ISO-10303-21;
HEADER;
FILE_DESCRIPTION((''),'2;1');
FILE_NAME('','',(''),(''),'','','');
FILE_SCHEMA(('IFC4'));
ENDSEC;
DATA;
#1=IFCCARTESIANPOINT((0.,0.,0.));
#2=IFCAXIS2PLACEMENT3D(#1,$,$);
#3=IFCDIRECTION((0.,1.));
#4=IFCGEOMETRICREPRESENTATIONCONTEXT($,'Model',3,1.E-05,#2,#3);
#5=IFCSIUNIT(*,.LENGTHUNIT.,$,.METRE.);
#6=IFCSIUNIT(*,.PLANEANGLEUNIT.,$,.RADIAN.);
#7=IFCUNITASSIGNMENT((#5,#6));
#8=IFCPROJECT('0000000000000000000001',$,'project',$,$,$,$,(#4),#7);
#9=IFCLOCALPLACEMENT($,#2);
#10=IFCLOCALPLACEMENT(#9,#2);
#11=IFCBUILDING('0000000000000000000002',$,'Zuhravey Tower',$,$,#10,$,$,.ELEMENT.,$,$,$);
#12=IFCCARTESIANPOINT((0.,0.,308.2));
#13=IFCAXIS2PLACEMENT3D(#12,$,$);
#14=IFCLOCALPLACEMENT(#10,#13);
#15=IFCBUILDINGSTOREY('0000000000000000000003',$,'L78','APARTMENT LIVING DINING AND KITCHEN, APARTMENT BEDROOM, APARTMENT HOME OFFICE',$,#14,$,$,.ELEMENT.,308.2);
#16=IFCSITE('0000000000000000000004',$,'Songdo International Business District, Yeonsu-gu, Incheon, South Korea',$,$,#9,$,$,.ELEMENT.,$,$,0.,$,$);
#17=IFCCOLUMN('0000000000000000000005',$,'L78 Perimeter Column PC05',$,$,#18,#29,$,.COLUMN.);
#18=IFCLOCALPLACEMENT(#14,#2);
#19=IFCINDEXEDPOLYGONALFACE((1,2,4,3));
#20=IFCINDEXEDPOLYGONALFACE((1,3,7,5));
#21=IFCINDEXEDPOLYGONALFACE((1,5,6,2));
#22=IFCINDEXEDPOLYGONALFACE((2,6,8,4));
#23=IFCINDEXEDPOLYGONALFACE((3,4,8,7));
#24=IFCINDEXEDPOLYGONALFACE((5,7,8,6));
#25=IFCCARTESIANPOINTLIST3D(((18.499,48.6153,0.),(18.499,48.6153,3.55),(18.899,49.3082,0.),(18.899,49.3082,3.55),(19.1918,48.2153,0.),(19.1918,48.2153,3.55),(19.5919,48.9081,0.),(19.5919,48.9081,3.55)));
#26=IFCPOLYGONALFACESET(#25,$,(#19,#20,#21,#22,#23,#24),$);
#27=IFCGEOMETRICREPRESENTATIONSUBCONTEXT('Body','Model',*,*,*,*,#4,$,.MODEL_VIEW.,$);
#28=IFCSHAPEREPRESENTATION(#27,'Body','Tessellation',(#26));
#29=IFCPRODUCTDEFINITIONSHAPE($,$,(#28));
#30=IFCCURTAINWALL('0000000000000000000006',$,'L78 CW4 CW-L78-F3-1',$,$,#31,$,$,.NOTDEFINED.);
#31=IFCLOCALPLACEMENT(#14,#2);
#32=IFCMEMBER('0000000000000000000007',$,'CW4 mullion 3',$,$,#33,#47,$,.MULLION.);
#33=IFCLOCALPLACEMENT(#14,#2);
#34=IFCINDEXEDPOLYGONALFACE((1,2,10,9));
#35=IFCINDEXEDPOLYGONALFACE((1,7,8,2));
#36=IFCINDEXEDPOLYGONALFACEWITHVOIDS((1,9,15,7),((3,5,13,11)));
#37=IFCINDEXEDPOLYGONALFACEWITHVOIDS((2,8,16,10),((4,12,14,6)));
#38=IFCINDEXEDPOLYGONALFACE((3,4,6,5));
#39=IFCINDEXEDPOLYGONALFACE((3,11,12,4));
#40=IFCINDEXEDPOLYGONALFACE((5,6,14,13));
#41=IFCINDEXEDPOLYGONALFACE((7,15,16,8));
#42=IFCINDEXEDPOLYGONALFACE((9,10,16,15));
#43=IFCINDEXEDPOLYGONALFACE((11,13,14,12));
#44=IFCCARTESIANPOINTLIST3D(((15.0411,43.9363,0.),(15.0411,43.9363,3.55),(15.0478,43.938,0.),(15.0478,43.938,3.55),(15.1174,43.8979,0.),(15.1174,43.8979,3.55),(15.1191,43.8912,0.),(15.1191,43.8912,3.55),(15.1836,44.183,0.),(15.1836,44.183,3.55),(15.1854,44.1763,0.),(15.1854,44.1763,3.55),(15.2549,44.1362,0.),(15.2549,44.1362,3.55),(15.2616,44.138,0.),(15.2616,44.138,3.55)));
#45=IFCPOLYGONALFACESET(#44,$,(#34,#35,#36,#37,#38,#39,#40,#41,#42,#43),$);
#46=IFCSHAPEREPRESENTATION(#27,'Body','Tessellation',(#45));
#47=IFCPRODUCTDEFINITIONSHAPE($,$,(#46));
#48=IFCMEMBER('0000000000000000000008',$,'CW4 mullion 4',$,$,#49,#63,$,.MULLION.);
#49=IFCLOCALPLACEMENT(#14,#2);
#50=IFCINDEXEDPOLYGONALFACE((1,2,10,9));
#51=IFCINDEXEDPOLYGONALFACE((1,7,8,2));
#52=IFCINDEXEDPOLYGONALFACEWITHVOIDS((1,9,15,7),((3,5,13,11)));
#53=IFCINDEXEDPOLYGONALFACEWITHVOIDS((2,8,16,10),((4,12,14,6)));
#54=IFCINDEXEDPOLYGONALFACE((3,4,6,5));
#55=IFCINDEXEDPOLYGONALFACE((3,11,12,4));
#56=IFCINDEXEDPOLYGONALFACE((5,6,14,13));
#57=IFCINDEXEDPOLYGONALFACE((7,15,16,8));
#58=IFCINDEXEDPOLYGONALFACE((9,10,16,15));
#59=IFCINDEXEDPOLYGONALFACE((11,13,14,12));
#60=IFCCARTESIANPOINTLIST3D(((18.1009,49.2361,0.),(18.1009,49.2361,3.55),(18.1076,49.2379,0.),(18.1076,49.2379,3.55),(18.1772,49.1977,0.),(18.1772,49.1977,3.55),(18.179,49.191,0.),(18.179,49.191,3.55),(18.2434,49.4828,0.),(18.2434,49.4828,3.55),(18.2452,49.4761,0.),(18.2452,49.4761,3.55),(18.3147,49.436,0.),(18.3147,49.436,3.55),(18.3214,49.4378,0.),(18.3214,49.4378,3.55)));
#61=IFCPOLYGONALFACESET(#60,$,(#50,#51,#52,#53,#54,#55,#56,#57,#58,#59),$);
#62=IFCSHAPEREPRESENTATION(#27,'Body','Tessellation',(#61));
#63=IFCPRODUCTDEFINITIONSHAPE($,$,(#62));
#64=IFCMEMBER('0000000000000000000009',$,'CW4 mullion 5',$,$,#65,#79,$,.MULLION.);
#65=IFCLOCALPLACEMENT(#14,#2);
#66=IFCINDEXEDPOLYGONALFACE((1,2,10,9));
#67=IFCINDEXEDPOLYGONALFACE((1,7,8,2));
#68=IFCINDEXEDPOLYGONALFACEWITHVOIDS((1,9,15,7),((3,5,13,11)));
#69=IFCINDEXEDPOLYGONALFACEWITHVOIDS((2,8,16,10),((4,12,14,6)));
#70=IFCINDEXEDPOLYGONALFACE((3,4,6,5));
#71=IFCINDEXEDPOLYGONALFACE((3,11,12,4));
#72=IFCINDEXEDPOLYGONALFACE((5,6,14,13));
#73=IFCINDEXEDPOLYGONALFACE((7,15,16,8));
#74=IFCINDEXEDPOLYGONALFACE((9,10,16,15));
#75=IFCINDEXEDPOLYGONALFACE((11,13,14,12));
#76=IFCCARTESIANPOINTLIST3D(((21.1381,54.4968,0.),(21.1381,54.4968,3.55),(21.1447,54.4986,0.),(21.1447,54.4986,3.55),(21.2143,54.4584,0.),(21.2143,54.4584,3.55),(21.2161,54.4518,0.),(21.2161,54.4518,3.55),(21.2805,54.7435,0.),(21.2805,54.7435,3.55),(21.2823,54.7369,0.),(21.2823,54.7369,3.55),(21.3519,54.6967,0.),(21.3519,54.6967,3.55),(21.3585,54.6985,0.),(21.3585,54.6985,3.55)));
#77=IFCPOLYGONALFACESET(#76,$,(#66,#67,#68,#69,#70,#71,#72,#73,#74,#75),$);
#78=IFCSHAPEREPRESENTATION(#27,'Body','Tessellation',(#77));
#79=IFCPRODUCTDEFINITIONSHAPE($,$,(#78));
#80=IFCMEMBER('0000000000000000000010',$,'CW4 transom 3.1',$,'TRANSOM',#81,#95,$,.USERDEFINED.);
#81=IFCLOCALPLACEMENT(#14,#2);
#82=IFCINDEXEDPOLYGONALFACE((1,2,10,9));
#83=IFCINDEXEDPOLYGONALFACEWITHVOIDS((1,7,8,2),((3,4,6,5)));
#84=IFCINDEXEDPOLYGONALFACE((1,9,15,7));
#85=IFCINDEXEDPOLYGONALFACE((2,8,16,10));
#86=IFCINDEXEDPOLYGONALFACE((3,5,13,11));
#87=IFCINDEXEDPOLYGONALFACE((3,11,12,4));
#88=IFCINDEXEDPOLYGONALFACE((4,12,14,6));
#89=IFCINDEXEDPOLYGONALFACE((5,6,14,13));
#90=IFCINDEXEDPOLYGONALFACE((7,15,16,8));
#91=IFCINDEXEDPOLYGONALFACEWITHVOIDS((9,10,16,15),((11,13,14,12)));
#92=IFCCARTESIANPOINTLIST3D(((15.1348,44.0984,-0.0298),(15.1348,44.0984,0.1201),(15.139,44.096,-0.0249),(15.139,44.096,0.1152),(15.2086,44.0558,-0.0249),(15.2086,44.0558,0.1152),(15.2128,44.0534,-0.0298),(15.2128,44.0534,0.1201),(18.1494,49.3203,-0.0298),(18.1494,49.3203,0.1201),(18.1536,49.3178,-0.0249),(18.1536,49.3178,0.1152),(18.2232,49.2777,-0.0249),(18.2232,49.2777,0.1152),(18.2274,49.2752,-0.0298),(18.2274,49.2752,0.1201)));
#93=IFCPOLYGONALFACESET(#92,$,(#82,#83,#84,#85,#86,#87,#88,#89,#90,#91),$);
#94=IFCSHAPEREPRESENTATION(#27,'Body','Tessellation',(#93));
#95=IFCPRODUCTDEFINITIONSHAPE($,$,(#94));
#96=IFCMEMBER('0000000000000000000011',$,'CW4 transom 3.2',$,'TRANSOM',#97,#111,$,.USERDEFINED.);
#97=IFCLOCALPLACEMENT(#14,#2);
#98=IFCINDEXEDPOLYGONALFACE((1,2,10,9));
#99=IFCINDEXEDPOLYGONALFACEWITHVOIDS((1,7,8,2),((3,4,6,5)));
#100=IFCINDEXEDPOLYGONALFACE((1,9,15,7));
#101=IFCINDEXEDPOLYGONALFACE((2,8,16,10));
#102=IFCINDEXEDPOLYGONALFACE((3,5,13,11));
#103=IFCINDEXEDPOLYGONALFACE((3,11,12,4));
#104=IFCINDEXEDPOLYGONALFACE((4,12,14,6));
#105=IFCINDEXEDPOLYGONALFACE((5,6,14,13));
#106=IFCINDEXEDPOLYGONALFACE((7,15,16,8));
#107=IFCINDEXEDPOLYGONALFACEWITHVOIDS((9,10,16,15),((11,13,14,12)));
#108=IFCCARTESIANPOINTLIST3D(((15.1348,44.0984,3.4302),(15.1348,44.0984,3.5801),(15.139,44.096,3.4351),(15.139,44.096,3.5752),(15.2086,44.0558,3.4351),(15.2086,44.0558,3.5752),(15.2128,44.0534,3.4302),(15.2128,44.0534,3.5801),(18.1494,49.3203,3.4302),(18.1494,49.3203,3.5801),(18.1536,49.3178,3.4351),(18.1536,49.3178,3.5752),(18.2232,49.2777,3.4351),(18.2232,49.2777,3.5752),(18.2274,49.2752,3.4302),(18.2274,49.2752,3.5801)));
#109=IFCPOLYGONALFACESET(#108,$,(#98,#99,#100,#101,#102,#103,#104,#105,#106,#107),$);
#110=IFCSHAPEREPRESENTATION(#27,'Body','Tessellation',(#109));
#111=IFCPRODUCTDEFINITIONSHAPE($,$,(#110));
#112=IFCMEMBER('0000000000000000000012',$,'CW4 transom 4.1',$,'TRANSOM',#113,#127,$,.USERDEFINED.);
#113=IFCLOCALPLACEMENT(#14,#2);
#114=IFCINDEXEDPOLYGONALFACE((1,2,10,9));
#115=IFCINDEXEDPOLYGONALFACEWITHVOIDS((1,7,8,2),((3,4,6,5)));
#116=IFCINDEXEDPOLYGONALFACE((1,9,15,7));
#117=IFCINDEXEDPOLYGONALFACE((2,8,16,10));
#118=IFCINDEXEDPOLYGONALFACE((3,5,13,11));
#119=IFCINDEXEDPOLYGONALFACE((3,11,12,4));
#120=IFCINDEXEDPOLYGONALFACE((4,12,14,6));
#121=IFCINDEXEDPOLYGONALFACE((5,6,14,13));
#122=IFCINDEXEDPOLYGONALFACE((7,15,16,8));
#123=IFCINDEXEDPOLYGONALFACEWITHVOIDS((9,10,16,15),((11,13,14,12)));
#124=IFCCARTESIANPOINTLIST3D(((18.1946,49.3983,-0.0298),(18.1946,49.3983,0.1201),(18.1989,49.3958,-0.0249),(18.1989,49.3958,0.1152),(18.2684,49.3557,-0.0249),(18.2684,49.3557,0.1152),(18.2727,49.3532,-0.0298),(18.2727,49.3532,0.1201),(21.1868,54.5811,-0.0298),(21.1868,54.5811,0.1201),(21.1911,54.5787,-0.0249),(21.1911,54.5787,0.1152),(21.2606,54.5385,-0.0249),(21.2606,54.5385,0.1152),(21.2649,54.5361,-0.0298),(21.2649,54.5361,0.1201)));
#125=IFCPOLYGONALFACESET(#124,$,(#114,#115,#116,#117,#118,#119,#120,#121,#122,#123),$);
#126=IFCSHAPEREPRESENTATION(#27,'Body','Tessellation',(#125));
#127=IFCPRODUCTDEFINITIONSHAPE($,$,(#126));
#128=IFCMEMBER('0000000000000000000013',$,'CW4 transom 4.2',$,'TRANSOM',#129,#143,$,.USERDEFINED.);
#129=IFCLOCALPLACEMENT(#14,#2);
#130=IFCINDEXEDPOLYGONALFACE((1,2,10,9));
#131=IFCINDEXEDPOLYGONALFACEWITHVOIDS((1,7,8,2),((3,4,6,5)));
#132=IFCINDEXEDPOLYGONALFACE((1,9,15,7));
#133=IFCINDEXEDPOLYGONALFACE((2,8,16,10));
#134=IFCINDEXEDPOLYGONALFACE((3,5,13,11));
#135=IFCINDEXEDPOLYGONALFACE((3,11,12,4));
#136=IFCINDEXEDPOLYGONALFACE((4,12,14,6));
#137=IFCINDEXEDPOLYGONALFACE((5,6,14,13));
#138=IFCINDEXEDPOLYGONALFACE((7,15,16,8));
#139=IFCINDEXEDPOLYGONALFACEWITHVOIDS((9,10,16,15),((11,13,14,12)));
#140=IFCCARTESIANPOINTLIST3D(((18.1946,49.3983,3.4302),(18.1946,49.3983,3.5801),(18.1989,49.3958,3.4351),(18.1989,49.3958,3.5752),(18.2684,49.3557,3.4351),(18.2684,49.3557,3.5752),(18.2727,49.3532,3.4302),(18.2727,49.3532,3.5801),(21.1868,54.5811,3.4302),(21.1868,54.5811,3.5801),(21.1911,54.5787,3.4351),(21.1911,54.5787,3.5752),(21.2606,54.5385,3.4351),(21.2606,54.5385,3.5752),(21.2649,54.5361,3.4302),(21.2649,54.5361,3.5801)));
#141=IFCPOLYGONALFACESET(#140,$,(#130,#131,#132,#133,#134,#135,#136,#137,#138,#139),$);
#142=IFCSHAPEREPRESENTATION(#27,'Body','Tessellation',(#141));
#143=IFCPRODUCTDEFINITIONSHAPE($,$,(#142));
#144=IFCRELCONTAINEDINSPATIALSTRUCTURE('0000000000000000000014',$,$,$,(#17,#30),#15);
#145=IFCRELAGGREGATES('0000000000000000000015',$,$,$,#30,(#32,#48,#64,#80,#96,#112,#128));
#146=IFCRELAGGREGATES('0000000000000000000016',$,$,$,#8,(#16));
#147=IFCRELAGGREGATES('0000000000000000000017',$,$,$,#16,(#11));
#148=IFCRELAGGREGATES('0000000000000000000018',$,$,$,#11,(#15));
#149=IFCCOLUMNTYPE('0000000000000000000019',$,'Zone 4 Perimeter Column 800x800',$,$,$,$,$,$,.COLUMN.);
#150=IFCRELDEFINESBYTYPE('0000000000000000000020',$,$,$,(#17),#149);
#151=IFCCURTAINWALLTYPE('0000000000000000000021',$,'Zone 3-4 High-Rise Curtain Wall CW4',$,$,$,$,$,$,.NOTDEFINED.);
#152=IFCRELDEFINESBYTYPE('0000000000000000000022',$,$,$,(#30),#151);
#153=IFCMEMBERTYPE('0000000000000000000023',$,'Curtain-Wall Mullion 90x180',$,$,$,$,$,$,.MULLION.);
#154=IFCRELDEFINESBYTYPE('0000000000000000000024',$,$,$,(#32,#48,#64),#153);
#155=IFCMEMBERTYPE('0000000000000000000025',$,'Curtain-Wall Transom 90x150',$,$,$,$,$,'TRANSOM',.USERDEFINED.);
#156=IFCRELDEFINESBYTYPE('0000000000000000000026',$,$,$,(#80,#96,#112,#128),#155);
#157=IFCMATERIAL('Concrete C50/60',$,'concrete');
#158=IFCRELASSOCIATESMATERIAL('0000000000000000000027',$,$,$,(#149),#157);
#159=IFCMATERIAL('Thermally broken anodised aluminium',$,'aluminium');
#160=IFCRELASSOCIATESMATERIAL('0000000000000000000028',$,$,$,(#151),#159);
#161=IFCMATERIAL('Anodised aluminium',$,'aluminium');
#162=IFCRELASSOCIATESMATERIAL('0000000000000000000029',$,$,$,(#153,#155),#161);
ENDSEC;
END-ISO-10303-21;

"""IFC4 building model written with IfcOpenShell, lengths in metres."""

from ifc_helpers import new_model, si_unit, direction, frame, origin, origin_2d, place, context, subcontext, project, spatial, rectangle, hollow_rectangle, extrude, material, material_profile, profile_set, type_object, element, aggregate, save


model = new_model("IFC4")

# Units and contexts
model_context = context("Model", 3, precision=1e-05, world=origin(), true_north=direction((0.0, 1.0)))
body_context = subcontext(model_context, "Body", "Model", "MODEL_VIEW")
ifc_project = project(units=[si_unit("LENGTHUNIT", "METRE"), si_unit("PLANEANGLEUNIT", "RADIAN")], contexts=[model_context])

# Site, building, storey
site_placement = place(None, origin())
site = spatial("IfcSite", under=ifc_project, at=site_placement, Name="Songdo International Business District, Yeonsu-gu, Incheon, South Korea", CompositionType="ELEMENT", RefElevation=0.0)
building_placement = place(site_placement, origin())
building = spatial("IfcBuilding", under=site, at=building_placement, Name="Zuhravey Tower", CompositionType="ELEMENT")
storey_placement = place(building_placement, frame((0.0, 0.0, 308.2)))
storey = spatial("IfcBuildingStorey", under=building, at=storey_placement, Name="L78", Description="APARTMENT LIVING DINING AND KITCHEN, APARTMENT BEDROOM, APARTMENT HOME OFFICE", CompositionType="ELEMENT", Elevation=308.2)

# Column
ifc_material_1 = material(Name="Concrete C50/60", Category="concrete")
ifc_material_profile_1 = material_profile(ifc_material_1, rectangle(XDim=0.8, YDim=0.8, at=origin_2d()), Name="RC-800x800")
ifc_profile_set_1 = profile_set([ifc_material_profile_1], Name="Concrete C50/60")
column_type = type_object("IfcColumnType", Name="Zone 4 Perimeter Column 800x800", PredefinedType="COLUMN", material=ifc_profile_set_1)
column_placement = place(storey_placement, frame((19.0454, 48.7617, 0.0), z_axis=(0.0, 0.0, 1.0), x_axis=(-0.5, -0.866025, 0.0)))
element("IfcColumn", 1, at=column_placement, inside=storey, type_object=column_type, Name="L78 Perimeter Column PC05", PredefinedType="COLUMN", context=body_context, shape_type="SweptSolid", body=[
    extrude(rectangle(XDim=0.8, YDim=0.8, at=origin_2d()), origin(), (0.0, 0.0, 1.0), 3.55),
])

# Curtain wall, members
ifc_material_2 = material(Name="Thermally broken anodised aluminium", Category="aluminium")
curtain_wall_type = type_object("IfcCurtainWallType", Name="Zone 3-4 High-Rise Curtain Wall CW4", PredefinedType="NOTDEFINED", material=ifc_material_2)
curtain_wall_placement = place(storey_placement, origin())
curtain_wall = element("IfcCurtainWall", 2, at=curtain_wall_placement, inside=storey, type_object=curtain_wall_type, Name="L78 CW4 CW-L78-F3-1", PredefinedType="NOTDEFINED")
ifc_material_3 = material(Name="Anodised aluminium", Category="aluminium")
ifc_material_profile_2 = material_profile(ifc_material_3, hollow_rectangle(XDim=0.0901, YDim=0.2849, WallThickness=0.0049, at=origin_2d()), Name="ALU-RHS-90x285x5")
ifc_profile_set_2 = profile_set([ifc_material_profile_2], Name="Anodised aluminium")
member_type_1 = type_object("IfcMemberType", Name="Curtain-Wall Mullion 90x180", PredefinedType="MULLION", material=ifc_profile_set_2)
member_1_placement = place(storey_placement, frame((15.1514, 44.0371, 0.0), z_axis=(0.0, 0.0, 1.0), x_axis=(-0.866026, 0.5, 0.0)))
member_1 = element("IfcMember", 3, at=member_1_placement, type_object=member_type_1, Name="CW4 mullion 3", PredefinedType="MULLION", context=body_context, shape_type="SweptSolid", body=[
    extrude(hollow_rectangle(XDim=0.0901, YDim=0.2849, WallThickness=0.0049, at=origin_2d()), origin(), (0.0, 0.0, 1.0), 3.55),
])
member_2_placement = place(storey_placement, frame((18.2112, 49.3369, 0.0), z_axis=(0.0, 0.0, 1.0), x_axis=(-0.866026, 0.5, 0.0)))
member_2 = element("IfcMember", 4, at=member_2_placement, type_object=member_type_1, Name="CW4 mullion 4", PredefinedType="MULLION", context=body_context, shape_type="SweptSolid", body=[
    extrude(hollow_rectangle(XDim=0.0901, YDim=0.2849, WallThickness=0.0049, at=origin_2d()), origin(), (0.0, 0.0, 1.0), 3.55),
])
member_3_placement = place(storey_placement, frame((21.2483, 54.5977, 0.0), z_axis=(0.0, 0.0, 1.0), x_axis=(-0.866026, 0.5, 0.0)))
member_3 = element("IfcMember", 5, at=member_3_placement, type_object=member_type_1, Name="CW4 mullion 5", PredefinedType="MULLION", context=body_context, shape_type="SweptSolid", body=[
    extrude(hollow_rectangle(XDim=0.0901, YDim=0.2849, WallThickness=0.0049, at=origin_2d()), origin(), (0.0, 0.0, 1.0), 3.55),
])
ifc_material_profile_3 = material_profile(ifc_material_3, hollow_rectangle(XDim=0.0901, YDim=0.1499, WallThickness=0.0049, at=origin_2d()), Name="ALU-RHS-90x150x5")
ifc_profile_set_3 = profile_set([ifc_material_profile_3], Name="Anodised aluminium")
member_type_2 = type_object("IfcMemberType", Name="Curtain-Wall Transom 90x150", ElementType="TRANSOM", PredefinedType="USERDEFINED", material=ifc_profile_set_3)
member_4_placement = place(storey_placement, frame((15.1738, 44.0759, 0.0452), z_axis=(0.499971, 0.866042, 0.0), x_axis=(-0.866042, 0.499971, 0.0)))
member_4 = element("IfcMember", 6, at=member_4_placement, type_object=member_type_2, Name="CW4 transom 3.1", ObjectType="TRANSOM", PredefinedType="USERDEFINED", context=body_context, shape_type="SweptSolid", body=[
    extrude(hollow_rectangle(XDim=0.0901, YDim=0.1499, WallThickness=0.0049, at=origin_2d()), origin(), (0.0, 0.0, 1.0), 6.0295),
])
member_5_placement = place(storey_placement, frame((15.1738, 44.0759, 3.5051), z_axis=(0.499971, 0.866042, 0.0), x_axis=(-0.866042, 0.499971, 0.0)))
member_5 = element("IfcMember", 7, at=member_5_placement, type_object=member_type_2, Name="CW4 transom 3.2", ObjectType="TRANSOM", PredefinedType="USERDEFINED", context=body_context, shape_type="SweptSolid", body=[
    extrude(hollow_rectangle(XDim=0.0901, YDim=0.1499, WallThickness=0.0049, at=origin_2d()), origin(), (0.0, 0.0, 1.0), 6.0295),
])
member_6_placement = place(storey_placement, frame((18.2336, 49.3757, 0.0452), z_axis=(0.499983, 0.866035, 0.0), x_axis=(-0.866035, 0.499983, 0.0)))
member_6 = element("IfcMember", 8, at=member_6_placement, type_object=member_type_2, Name="CW4 transom 4.1", ObjectType="TRANSOM", PredefinedType="USERDEFINED", context=body_context, shape_type="SweptSolid", body=[
    extrude(hollow_rectangle(XDim=0.0901, YDim=0.1499, WallThickness=0.0049, at=origin_2d()), origin(), (0.0, 0.0, 1.0), 5.9846),
])
member_7_placement = place(storey_placement, frame((18.2336, 49.3757, 3.5051), z_axis=(0.499983, 0.866035, 0.0), x_axis=(-0.866035, 0.499983, 0.0)))
member_7 = element("IfcMember", 9, at=member_7_placement, type_object=member_type_2, Name="CW4 transom 4.2", ObjectType="TRANSOM", PredefinedType="USERDEFINED", context=body_context, shape_type="SweptSolid", body=[
    extrude(hollow_rectangle(XDim=0.0901, YDim=0.1499, WallThickness=0.0049, at=origin_2d()), origin(), (0.0, 0.0, 1.0), 5.9846),
])

aggregate(curtain_wall, [member_1, member_2, member_3, member_4, member_5, member_6, member_7])

save(model, "model.ifc")
